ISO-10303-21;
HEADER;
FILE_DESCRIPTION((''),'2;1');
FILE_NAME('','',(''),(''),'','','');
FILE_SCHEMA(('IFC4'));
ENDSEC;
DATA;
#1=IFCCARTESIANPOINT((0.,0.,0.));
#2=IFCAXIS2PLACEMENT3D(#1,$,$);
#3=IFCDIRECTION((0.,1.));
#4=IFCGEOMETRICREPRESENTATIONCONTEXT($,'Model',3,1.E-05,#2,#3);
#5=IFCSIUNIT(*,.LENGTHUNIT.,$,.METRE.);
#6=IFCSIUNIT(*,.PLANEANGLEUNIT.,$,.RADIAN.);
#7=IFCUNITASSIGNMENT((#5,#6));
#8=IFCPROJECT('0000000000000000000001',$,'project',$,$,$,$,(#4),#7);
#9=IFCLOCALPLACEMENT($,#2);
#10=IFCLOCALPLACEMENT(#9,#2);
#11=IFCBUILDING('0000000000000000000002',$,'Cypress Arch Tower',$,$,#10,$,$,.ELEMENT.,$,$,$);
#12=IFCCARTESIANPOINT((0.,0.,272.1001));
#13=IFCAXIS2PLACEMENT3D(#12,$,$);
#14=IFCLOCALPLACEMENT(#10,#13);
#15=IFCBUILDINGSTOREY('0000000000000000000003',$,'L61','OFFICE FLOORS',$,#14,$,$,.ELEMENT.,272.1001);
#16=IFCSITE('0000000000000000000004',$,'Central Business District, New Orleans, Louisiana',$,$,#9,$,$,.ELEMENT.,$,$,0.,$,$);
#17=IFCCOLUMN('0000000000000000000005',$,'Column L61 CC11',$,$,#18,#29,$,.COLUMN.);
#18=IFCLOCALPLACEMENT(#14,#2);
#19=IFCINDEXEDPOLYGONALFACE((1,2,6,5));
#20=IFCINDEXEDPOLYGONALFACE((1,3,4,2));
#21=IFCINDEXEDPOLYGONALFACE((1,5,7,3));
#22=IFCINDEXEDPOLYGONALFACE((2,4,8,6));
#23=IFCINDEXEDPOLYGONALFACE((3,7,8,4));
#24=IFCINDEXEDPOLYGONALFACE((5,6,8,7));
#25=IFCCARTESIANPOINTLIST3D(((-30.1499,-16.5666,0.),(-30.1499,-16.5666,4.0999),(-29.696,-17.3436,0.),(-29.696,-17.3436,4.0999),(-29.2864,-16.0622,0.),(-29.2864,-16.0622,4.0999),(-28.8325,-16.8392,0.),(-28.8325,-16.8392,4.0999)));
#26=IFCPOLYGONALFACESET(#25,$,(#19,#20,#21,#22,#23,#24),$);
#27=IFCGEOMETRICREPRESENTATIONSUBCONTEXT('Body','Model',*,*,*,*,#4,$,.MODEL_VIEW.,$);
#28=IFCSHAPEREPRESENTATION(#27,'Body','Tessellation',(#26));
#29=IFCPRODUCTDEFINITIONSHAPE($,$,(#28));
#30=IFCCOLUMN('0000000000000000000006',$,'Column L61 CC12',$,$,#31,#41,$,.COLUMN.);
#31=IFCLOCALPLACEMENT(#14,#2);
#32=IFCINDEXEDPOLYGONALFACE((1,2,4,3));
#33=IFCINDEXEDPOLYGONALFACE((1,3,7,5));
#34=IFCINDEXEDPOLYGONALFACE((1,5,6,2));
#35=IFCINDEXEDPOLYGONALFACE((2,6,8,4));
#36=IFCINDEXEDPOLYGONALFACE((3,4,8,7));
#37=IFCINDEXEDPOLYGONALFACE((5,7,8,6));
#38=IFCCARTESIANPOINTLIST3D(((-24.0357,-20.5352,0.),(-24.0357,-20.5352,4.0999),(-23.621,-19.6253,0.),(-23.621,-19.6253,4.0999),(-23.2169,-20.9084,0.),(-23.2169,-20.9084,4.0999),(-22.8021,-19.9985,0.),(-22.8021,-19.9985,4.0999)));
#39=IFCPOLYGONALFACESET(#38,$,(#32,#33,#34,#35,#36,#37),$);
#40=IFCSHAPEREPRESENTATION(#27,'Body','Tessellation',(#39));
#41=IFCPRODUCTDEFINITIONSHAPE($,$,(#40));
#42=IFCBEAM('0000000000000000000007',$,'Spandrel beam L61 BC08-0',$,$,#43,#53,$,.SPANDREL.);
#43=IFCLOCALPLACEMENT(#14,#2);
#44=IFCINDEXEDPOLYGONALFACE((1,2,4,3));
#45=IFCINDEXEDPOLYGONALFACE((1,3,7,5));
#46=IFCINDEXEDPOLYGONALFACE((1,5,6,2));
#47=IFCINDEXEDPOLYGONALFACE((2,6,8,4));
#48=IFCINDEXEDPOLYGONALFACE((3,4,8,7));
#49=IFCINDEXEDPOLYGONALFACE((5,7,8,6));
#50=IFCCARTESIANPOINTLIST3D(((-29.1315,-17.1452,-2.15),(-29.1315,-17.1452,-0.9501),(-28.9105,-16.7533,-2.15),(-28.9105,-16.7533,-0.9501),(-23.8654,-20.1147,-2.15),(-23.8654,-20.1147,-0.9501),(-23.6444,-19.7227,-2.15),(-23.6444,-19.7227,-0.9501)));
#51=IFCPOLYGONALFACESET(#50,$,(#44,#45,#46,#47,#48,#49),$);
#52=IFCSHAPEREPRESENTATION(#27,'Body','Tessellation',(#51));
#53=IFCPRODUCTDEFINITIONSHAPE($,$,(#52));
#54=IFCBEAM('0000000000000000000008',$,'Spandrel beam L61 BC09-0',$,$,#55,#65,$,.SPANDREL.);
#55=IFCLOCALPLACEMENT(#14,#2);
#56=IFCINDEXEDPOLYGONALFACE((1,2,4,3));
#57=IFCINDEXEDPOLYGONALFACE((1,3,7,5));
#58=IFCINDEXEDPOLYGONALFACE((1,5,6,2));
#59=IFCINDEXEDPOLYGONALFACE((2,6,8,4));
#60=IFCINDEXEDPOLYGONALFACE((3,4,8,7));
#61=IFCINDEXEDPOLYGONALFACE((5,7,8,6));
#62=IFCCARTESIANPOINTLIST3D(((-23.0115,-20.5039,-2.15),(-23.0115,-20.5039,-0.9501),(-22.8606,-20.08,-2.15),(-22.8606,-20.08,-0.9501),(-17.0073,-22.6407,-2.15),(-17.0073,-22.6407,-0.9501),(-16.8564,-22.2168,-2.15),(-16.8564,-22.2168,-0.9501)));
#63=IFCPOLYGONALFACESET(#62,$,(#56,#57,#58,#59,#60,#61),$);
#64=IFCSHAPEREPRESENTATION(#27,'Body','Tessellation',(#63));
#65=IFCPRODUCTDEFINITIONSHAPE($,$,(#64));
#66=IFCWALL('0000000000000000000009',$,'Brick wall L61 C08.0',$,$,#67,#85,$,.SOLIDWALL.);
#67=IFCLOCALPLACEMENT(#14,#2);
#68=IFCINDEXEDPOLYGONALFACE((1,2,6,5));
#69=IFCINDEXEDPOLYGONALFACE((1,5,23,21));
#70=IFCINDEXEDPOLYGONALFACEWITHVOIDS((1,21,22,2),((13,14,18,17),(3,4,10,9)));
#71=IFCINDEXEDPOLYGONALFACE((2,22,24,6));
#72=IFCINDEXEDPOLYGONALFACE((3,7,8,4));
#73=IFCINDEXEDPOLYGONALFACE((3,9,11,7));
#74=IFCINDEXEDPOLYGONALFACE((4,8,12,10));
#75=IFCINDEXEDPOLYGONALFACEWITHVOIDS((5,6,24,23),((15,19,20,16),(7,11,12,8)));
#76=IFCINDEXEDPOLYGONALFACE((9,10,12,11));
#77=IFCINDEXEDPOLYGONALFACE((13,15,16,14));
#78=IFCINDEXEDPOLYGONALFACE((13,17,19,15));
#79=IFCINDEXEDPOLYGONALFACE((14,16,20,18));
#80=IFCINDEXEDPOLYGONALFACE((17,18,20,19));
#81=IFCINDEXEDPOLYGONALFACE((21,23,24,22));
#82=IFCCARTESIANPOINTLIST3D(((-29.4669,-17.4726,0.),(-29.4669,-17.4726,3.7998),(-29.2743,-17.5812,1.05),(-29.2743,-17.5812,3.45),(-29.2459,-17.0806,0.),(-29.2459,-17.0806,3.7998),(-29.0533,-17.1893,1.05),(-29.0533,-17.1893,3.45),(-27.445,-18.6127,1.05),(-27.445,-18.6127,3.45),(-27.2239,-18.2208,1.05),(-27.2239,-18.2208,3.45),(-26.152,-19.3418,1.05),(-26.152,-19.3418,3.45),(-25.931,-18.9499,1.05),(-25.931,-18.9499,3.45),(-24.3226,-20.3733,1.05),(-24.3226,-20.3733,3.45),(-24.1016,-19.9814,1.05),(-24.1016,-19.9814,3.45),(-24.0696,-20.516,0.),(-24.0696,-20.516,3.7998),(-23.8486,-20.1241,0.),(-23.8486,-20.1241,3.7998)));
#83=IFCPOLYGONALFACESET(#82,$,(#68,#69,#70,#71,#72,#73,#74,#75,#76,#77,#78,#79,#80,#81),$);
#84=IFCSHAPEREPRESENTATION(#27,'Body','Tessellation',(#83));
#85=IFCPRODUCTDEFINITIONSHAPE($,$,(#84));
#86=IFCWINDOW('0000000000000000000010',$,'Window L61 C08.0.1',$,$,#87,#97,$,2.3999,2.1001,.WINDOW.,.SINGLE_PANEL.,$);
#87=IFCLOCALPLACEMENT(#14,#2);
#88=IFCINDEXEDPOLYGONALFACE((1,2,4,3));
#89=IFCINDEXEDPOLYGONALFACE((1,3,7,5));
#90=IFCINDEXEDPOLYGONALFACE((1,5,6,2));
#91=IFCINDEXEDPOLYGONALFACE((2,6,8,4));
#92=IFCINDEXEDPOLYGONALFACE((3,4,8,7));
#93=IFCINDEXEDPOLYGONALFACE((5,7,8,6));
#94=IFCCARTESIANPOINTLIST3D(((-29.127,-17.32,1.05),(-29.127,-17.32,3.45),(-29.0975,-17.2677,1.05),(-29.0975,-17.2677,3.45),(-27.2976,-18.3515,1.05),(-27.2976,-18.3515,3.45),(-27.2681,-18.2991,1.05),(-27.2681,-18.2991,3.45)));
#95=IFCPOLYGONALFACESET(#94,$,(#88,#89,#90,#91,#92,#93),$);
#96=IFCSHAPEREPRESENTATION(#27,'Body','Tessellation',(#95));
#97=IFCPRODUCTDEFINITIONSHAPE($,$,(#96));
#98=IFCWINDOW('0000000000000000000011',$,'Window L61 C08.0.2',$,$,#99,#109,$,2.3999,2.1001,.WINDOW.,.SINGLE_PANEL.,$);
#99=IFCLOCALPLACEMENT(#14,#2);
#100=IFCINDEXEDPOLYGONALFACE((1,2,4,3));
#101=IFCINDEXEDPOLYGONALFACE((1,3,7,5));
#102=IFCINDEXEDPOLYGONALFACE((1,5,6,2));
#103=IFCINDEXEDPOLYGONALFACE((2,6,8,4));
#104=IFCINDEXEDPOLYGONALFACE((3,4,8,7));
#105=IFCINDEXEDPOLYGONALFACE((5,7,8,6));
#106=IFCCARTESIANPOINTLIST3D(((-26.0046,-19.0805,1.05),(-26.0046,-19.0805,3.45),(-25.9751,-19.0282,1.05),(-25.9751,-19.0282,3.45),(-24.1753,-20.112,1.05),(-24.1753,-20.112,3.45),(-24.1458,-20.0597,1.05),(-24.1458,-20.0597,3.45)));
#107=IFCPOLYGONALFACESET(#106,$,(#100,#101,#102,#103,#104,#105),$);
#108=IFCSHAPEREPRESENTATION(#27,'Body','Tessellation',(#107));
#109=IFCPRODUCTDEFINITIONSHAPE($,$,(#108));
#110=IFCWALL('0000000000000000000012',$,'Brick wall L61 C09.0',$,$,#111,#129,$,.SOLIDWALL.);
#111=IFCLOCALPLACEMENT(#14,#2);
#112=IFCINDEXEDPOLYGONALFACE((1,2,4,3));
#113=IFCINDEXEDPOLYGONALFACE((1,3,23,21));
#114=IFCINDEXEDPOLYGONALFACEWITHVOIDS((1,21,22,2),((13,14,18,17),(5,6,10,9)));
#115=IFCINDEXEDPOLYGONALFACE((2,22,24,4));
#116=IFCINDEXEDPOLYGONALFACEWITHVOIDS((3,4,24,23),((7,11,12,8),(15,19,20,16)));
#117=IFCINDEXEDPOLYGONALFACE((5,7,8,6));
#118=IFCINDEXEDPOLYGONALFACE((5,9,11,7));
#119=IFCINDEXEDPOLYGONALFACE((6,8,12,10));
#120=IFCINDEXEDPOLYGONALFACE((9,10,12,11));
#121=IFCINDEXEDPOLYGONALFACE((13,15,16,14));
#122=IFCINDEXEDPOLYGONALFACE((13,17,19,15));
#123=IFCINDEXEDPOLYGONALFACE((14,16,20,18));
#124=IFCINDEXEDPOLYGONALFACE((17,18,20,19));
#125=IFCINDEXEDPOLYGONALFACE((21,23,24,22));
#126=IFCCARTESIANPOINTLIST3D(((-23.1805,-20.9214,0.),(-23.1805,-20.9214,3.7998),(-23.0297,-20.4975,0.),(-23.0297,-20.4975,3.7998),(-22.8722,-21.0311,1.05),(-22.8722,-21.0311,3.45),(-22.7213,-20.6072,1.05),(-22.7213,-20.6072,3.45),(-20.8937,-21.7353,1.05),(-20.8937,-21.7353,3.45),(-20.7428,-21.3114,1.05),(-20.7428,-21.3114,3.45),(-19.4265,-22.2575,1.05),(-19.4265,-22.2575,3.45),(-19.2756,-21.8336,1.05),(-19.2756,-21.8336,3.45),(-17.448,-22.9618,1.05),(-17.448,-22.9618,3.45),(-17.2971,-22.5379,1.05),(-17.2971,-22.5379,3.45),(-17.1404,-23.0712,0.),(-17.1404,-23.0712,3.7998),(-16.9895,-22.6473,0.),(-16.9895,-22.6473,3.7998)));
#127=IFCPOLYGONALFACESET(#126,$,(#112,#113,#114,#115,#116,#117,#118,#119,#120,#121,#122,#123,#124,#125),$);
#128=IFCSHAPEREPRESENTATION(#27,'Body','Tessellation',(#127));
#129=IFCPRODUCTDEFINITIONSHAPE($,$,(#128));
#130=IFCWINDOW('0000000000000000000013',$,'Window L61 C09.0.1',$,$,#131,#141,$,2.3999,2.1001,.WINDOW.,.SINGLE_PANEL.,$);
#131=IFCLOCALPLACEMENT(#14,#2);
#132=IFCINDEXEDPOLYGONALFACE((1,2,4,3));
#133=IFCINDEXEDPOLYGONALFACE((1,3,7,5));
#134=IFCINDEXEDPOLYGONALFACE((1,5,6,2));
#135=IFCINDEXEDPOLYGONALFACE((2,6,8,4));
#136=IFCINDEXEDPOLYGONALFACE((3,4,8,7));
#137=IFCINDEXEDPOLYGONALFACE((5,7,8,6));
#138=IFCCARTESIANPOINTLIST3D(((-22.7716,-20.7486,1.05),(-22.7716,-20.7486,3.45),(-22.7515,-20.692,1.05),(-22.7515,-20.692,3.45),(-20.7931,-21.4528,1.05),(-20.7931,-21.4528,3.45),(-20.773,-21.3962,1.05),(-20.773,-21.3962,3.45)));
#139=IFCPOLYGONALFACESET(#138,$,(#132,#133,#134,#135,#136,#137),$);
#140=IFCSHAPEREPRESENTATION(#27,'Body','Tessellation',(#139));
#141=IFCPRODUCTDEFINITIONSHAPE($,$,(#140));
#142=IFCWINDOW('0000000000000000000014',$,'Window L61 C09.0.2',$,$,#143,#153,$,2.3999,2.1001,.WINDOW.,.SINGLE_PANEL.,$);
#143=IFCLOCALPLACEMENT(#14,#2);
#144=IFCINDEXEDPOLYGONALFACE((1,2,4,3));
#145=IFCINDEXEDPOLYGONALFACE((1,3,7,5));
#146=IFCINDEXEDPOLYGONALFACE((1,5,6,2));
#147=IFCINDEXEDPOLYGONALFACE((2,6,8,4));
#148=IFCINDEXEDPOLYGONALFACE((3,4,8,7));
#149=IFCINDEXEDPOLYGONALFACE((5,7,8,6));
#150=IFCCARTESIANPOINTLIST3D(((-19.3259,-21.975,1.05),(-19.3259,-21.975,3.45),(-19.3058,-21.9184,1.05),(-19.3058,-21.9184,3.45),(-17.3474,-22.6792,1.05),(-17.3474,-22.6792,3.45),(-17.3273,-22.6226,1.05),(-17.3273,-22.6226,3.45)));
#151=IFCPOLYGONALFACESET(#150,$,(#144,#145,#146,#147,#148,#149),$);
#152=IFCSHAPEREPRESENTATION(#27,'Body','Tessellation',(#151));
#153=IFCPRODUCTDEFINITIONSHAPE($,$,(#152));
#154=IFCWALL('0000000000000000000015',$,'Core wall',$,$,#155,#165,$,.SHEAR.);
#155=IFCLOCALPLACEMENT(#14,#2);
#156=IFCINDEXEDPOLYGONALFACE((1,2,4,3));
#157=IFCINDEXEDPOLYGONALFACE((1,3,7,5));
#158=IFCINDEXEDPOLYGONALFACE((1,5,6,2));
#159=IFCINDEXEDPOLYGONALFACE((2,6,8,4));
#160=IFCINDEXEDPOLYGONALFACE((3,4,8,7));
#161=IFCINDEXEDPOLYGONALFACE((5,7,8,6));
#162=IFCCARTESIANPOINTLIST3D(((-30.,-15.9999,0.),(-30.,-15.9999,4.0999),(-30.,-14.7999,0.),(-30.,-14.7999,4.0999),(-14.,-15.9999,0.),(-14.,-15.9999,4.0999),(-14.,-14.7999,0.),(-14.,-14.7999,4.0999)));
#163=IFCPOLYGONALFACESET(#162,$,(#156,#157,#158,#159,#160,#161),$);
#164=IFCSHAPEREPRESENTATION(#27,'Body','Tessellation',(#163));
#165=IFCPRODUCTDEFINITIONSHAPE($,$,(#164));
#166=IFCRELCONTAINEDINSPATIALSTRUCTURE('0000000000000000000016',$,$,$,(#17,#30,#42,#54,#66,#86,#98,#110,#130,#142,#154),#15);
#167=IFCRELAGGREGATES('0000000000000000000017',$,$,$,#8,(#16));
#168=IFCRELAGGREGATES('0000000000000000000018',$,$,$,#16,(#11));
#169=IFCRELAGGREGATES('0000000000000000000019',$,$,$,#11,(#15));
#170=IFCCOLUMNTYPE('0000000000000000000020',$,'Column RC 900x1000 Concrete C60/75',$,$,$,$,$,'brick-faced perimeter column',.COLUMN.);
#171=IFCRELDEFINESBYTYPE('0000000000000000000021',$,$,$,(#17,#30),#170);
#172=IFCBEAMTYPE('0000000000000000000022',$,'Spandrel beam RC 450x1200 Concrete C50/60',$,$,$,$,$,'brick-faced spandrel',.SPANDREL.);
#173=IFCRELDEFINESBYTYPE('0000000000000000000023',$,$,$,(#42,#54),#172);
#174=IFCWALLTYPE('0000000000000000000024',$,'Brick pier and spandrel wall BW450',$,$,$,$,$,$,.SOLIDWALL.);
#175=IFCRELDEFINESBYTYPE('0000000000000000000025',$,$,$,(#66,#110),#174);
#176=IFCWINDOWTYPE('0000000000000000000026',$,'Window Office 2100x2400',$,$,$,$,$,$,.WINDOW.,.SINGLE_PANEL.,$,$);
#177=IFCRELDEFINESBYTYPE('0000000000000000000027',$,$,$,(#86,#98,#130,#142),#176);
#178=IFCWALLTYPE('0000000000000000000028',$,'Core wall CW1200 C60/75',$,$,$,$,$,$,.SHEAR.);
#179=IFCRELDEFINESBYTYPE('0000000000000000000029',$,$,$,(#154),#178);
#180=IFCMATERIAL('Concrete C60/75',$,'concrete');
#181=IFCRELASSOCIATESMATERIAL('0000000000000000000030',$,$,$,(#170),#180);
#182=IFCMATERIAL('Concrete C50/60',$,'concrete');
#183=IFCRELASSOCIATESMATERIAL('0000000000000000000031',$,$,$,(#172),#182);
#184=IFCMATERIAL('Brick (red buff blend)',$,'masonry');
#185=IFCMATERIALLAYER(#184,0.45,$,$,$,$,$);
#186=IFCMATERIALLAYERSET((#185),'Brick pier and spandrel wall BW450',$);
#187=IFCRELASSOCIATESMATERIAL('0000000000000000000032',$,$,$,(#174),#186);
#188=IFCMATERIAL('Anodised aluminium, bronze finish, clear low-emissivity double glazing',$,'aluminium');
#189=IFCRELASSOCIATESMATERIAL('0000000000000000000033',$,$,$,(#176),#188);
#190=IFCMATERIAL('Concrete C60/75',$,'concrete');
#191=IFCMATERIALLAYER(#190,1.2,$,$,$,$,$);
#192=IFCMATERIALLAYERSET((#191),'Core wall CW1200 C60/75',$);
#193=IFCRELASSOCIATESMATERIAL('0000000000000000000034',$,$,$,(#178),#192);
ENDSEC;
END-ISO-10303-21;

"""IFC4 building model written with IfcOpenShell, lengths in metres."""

from ifc_helpers import new_model, si_unit, direction, frame, frame_2d, origin, origin_2d, place, context, subcontext, project, spatial, rectangle, extrude, material, layer, layer_set, material_profile, profile_set, type_object, element, fill, save


model = new_model("IFC4")

# Units and contexts
model_context = context("Model", 3, precision=1e-05, world=origin(), true_north=direction((0.0, 1.0)))
body_context = subcontext(model_context, "Body", "Model", "MODEL_VIEW")
ifc_project = project(units=[si_unit("LENGTHUNIT", "METRE"), si_unit("PLANEANGLEUNIT", "RADIAN")], contexts=[model_context])

# Site, building, storey
site_placement = place(None, origin())
site = spatial("IfcSite", under=ifc_project, at=site_placement, Name="Central Business District, New Orleans, Louisiana", CompositionType="ELEMENT", RefElevation=0.0)
building_placement = place(site_placement, origin())
building = spatial("IfcBuilding", under=site, at=building_placement, Name="Cypress Arch Tower", CompositionType="ELEMENT")
storey_placement = place(building_placement, frame((0.0, 0.0, 272.1001)))
storey = spatial("IfcBuildingStorey", under=building, at=storey_placement, Name="L61", Description="OFFICE FLOORS", CompositionType="ELEMENT", Elevation=272.1001)

# Columns
ifc_material_1 = material(Name="Concrete C60/75", Category="concrete")
ifc_material_profile_1 = material_profile(ifc_material_1, rectangle(XDim=0.8999, YDim=1.0, at=origin_2d()), Name="RC 900x1000")
ifc_profile_set_1 = profile_set([ifc_material_profile_1], Name="Concrete C60/75")
column_type = type_object("IfcColumnType", Name="Column RC 900x1000 Concrete C60/75", ElementType="brick-faced perimeter column", PredefinedType="COLUMN", material=ifc_profile_set_1)
for number, where, z_axis, x_axis, name in (
    (1, (-29.4912, -16.7029, 0.0), (0.0, 0.0, 1.0), (0.504399, -0.863471, 0.0), "Column L61 CC11"),
    (2, (-23.4189, -20.2668, 0.0), (0.0, 0.0, 1.0), (0.909932, -0.414757, 0.0), "Column L61 CC12"),
):
    element("IfcColumn", number, at=place(storey_placement, frame(where, z_axis=z_axis, x_axis=x_axis)), inside=storey, type_object=column_type, Name=name, PredefinedType="COLUMN", context=body_context, shape_type="SweptSolid", body=[
        extrude(rectangle(XDim=0.8999, YDim=1.0, at=origin_2d()), origin(), (0.0, 0.0, 1.0), 4.0999),
    ])

# Beams
ifc_material_2 = material(Name="Concrete C50/60", Category="concrete")
ifc_material_profile_2 = material_profile(ifc_material_2, rectangle(XDim=0.45, YDim=1.2, at=origin_2d()), Name="RC 450x1200")
ifc_profile_set_2 = profile_set([ifc_material_profile_2], Name="Concrete C50/60")
beam_type = type_object("IfcBeamType", Name="Spandrel beam RC 450x1200 Concrete C50/60", ElementType="brick-faced spandrel", PredefinedType="SPANDREL", material=ifc_profile_set_2)
beam_1_placement = place(storey_placement, frame((-29.021, -16.9492, -1.55), z_axis=(0.87106, -0.491177, 0.0), x_axis=(0.491177, 0.87106, 0.0)))
element("IfcBeam", 3, at=beam_1_placement, inside=storey, type_object=beam_type, Name="Spandrel beam L61 BC08-0", PredefinedType="SPANDREL", context=body_context, shape_type="SweptSolid", body=[
    extrude(rectangle(XDim=0.45, YDim=1.2, at=origin_2d()), origin(), (0.0, 0.0, 1.0), 6.0457),
])
beam_2_placement = place(storey_placement, frame((-22.936, -20.292, -1.55), z_axis=(0.94212, -0.335276, 0.0), x_axis=(0.335276, 0.94212, 0.0)))
element("IfcBeam", 4, at=beam_2_placement, inside=storey, type_object=beam_type, Name="Spandrel beam L61 BC09-0", PredefinedType="SPANDREL", context=body_context, shape_type="SweptSolid", body=[
    extrude(rectangle(XDim=0.45, YDim=1.2, at=origin_2d()), origin(), (0.0, 0.0, 1.0), 6.373),
])

# Walls, openings, windows
ifc_material_3 = material(Name="Brick (red buff blend)", Category="masonry")
ifc_layer_1 = layer(ifc_material_3, 0.45)
ifc_layer_set_1 = layer_set([ifc_layer_1], Name="Brick pier and spandrel wall BW450")
wall_type_1 = type_object("IfcWallType", Name="Brick pier and spandrel wall BW450", PredefinedType="SOLIDWALL", material=ifc_layer_set_1)
wall_1_placement = place(storey_placement, frame((-29.3564, -17.2766, 0.0), z_axis=(0.0, 0.0, 1.0), x_axis=(0.871066, -0.491166, 0.0)))
wall_1 = element("IfcWall", 5, at=wall_1_placement, inside=storey, type_object=wall_type_1, Name="Brick wall L61 C08.0", PredefinedType="SOLIDWALL", context=body_context, shape_type="SweptSolid", body=[
    extrude(rectangle(XDim=6.1963, YDim=0.45, at=frame_2d((3.0981, 0.0))), origin(), (0.0, 0.0, 1.0), 3.7998),
])
opening_1_placement = place(wall_1_placement, frame((0.2212, 0.0, 1.05)))
opening_1 = element("IfcOpeningElement", 6, at=opening_1_placement, cuts=wall_1, PredefinedType="OPENING", context=body_context, shape_type="SweptSolid", body=[
    extrude(rectangle(XDim=2.1001, YDim=2.3999, at=frame_2d((1.05, 1.2))), frame((0.0, 0.2349, 0.0), z_axis=(0.0, -1.0, 0.0), x_axis=(1.0, 0.0, 0.0)), (0.0, 0.0, 1.0), 0.47),
])
opening_2_placement = place(wall_1_placement, frame((3.8057, 0.0, 1.05)))
opening_2 = element("IfcOpeningElement", 7, at=opening_2_placement, cuts=wall_1, PredefinedType="OPENING", context=body_context, shape_type="SweptSolid", body=[
    extrude(rectangle(XDim=2.1001, YDim=2.3999, at=frame_2d((1.05, 1.2))), frame((0.0, 0.2349, 0.0), z_axis=(0.0, -1.0, 0.0), x_axis=(1.0, 0.0, 0.0)), (0.0, 0.0, 1.0), 0.47),
])
ifc_material_4 = material(Name="Anodised aluminium, bronze finish, clear low-emissivity double glazing", Category="aluminium")
window_type = type_object("IfcWindowType", Name="Window Office 2100x2400", PartitioningType="SINGLE_PANEL", PredefinedType="WINDOW", material=ifc_material_4)
window_1_placement = place(opening_1_placement, origin())
window_1 = element("IfcWindow", 8, at=window_1_placement, inside=storey, type_object=window_type, Name="Window L61 C08.0.1", OverallHeight=2.3999, OverallWidth=2.1001, PartitioningType="SINGLE_PANEL", PredefinedType="WINDOW", context=body_context, shape_type="SweptSolid", body=[
    extrude(rectangle(XDim=2.1001, YDim=2.3999, at=frame_2d((1.05, 1.2))), frame((0.0, 0.135, 0.0), z_axis=(0.0, -1.0, 0.0), x_axis=(1.0, 0.0, 0.0)), (0.0, 0.0, 1.0), 0.0601),
])
fill(opening_1, window_1)
window_2_placement = place(opening_2_placement, origin())
window_2 = element("IfcWindow", 9, at=window_2_placement, inside=storey, type_object=window_type, Name="Window L61 C08.0.2", OverallHeight=2.3999, OverallWidth=2.1001, PartitioningType="SINGLE_PANEL", PredefinedType="WINDOW", context=body_context, shape_type="SweptSolid", body=[
    extrude(rectangle(XDim=2.1001, YDim=2.3999, at=frame_2d((1.05, 1.2))), frame((0.0, 0.135, 0.0), z_axis=(0.0, -1.0, 0.0), x_axis=(1.0, 0.0, 0.0)), (0.0, 0.0, 1.0), 0.0601),
])
fill(opening_2, window_2)
wall_2_placement = place(storey_placement, frame((-23.105, -20.7095, 0.0), z_axis=(0.0, 0.0, 1.0), x_axis=(0.942104, -0.335321, 0.0)))
wall_2 = element("IfcWall", 10, at=wall_2_placement, inside=storey, type_object=wall_type_1, Name="Brick wall L61 C09.0", PredefinedType="SOLIDWALL", context=body_context, shape_type="SweptSolid", body=[
    extrude(rectangle(XDim=6.4114, YDim=0.45, at=frame_2d((3.2056, 0.0))), origin(), (0.0, 0.0, 1.0), 3.7998),
])
opening_3_placement = place(wall_2_placement, frame((0.3271, 0.0, 1.05)))
opening_3 = element("IfcOpeningElement", 11, at=opening_3_placement, cuts=wall_2, PredefinedType="OPENING", context=body_context, shape_type="SweptSolid", body=[
    extrude(rectangle(XDim=2.1001, YDim=2.3999, at=frame_2d((1.05, 1.2))), frame((0.0, 0.2349, 0.0), z_axis=(0.0, -1.0, 0.0), x_axis=(1.0, 0.0, 0.0)), (0.0, 0.0, 1.0), 0.47),
])
opening_4_placement = place(wall_2_placement, frame((3.9846, 0.0, 1.05)))
opening_4 = element("IfcOpeningElement", 12, at=opening_4_placement, cuts=wall_2, PredefinedType="OPENING", context=body_context, shape_type="SweptSolid", body=[
    extrude(rectangle(XDim=2.1001, YDim=2.3999, at=frame_2d((1.05, 1.2))), frame((0.0, 0.2349, 0.0), z_axis=(0.0, -1.0, 0.0), x_axis=(1.0, 0.0, 0.0)), (0.0, 0.0, 1.0), 0.47),
])
window_3_placement = place(opening_3_placement, origin())
window_3 = element("IfcWindow", 13, at=window_3_placement, inside=storey, type_object=window_type, Name="Window L61 C09.0.1", OverallHeight=2.3999, OverallWidth=2.1001, PartitioningType="SINGLE_PANEL", PredefinedType="WINDOW", context=body_context, shape_type="SweptSolid", body=[
    extrude(rectangle(XDim=2.1001, YDim=2.3999, at=frame_2d((1.05, 1.2))), frame((0.0, 0.135, 0.0), z_axis=(0.0, -1.0, 0.0), x_axis=(1.0, 0.0, 0.0)), (0.0, 0.0, 1.0), 0.0601),
])
fill(opening_3, window_3)
window_4_placement = place(opening_4_placement, origin())
window_4 = element("IfcWindow", 14, at=window_4_placement, inside=storey, type_object=window_type, Name="Window L61 C09.0.2", OverallHeight=2.3999, OverallWidth=2.1001, PartitioningType="SINGLE_PANEL", PredefinedType="WINDOW", context=body_context, shape_type="SweptSolid", body=[
    extrude(rectangle(XDim=2.1001, YDim=2.3999, at=frame_2d((1.05, 1.2))), frame((0.0, 0.135, 0.0), z_axis=(0.0, -1.0, 0.0), x_axis=(1.0, 0.0, 0.0)), (0.0, 0.0, 1.0), 0.0601),
])
fill(opening_4, window_4)

# Wall
ifc_material_5 = material(Name="Concrete C60/75", Category="concrete")
ifc_layer_2 = layer(ifc_material_5, 1.2)
ifc_layer_set_2 = layer_set([ifc_layer_2], Name="Core wall CW1200 C60/75")
wall_type_2 = type_object("IfcWallType", Name="Core wall CW1200 C60/75", PredefinedType="SHEAR", material=ifc_layer_set_2)
wall_3_placement = place(storey_placement, frame((-30.0, -15.3999, 0.0), z_axis=(0.0, 0.0, 1.0), x_axis=(1.0, 0.0, 0.0)))
element("IfcWall", 15, at=wall_3_placement, inside=storey, type_object=wall_type_2, Name="Core wall", PredefinedType="SHEAR", context=body_context, shape_type="SweptSolid", body=[
    extrude(rectangle(XDim=16.0, YDim=1.2, at=frame_2d((8.0, 0.0))), origin(), (0.0, 0.0, 1.0), 4.0999),
])

save(model, "model.ifc")
